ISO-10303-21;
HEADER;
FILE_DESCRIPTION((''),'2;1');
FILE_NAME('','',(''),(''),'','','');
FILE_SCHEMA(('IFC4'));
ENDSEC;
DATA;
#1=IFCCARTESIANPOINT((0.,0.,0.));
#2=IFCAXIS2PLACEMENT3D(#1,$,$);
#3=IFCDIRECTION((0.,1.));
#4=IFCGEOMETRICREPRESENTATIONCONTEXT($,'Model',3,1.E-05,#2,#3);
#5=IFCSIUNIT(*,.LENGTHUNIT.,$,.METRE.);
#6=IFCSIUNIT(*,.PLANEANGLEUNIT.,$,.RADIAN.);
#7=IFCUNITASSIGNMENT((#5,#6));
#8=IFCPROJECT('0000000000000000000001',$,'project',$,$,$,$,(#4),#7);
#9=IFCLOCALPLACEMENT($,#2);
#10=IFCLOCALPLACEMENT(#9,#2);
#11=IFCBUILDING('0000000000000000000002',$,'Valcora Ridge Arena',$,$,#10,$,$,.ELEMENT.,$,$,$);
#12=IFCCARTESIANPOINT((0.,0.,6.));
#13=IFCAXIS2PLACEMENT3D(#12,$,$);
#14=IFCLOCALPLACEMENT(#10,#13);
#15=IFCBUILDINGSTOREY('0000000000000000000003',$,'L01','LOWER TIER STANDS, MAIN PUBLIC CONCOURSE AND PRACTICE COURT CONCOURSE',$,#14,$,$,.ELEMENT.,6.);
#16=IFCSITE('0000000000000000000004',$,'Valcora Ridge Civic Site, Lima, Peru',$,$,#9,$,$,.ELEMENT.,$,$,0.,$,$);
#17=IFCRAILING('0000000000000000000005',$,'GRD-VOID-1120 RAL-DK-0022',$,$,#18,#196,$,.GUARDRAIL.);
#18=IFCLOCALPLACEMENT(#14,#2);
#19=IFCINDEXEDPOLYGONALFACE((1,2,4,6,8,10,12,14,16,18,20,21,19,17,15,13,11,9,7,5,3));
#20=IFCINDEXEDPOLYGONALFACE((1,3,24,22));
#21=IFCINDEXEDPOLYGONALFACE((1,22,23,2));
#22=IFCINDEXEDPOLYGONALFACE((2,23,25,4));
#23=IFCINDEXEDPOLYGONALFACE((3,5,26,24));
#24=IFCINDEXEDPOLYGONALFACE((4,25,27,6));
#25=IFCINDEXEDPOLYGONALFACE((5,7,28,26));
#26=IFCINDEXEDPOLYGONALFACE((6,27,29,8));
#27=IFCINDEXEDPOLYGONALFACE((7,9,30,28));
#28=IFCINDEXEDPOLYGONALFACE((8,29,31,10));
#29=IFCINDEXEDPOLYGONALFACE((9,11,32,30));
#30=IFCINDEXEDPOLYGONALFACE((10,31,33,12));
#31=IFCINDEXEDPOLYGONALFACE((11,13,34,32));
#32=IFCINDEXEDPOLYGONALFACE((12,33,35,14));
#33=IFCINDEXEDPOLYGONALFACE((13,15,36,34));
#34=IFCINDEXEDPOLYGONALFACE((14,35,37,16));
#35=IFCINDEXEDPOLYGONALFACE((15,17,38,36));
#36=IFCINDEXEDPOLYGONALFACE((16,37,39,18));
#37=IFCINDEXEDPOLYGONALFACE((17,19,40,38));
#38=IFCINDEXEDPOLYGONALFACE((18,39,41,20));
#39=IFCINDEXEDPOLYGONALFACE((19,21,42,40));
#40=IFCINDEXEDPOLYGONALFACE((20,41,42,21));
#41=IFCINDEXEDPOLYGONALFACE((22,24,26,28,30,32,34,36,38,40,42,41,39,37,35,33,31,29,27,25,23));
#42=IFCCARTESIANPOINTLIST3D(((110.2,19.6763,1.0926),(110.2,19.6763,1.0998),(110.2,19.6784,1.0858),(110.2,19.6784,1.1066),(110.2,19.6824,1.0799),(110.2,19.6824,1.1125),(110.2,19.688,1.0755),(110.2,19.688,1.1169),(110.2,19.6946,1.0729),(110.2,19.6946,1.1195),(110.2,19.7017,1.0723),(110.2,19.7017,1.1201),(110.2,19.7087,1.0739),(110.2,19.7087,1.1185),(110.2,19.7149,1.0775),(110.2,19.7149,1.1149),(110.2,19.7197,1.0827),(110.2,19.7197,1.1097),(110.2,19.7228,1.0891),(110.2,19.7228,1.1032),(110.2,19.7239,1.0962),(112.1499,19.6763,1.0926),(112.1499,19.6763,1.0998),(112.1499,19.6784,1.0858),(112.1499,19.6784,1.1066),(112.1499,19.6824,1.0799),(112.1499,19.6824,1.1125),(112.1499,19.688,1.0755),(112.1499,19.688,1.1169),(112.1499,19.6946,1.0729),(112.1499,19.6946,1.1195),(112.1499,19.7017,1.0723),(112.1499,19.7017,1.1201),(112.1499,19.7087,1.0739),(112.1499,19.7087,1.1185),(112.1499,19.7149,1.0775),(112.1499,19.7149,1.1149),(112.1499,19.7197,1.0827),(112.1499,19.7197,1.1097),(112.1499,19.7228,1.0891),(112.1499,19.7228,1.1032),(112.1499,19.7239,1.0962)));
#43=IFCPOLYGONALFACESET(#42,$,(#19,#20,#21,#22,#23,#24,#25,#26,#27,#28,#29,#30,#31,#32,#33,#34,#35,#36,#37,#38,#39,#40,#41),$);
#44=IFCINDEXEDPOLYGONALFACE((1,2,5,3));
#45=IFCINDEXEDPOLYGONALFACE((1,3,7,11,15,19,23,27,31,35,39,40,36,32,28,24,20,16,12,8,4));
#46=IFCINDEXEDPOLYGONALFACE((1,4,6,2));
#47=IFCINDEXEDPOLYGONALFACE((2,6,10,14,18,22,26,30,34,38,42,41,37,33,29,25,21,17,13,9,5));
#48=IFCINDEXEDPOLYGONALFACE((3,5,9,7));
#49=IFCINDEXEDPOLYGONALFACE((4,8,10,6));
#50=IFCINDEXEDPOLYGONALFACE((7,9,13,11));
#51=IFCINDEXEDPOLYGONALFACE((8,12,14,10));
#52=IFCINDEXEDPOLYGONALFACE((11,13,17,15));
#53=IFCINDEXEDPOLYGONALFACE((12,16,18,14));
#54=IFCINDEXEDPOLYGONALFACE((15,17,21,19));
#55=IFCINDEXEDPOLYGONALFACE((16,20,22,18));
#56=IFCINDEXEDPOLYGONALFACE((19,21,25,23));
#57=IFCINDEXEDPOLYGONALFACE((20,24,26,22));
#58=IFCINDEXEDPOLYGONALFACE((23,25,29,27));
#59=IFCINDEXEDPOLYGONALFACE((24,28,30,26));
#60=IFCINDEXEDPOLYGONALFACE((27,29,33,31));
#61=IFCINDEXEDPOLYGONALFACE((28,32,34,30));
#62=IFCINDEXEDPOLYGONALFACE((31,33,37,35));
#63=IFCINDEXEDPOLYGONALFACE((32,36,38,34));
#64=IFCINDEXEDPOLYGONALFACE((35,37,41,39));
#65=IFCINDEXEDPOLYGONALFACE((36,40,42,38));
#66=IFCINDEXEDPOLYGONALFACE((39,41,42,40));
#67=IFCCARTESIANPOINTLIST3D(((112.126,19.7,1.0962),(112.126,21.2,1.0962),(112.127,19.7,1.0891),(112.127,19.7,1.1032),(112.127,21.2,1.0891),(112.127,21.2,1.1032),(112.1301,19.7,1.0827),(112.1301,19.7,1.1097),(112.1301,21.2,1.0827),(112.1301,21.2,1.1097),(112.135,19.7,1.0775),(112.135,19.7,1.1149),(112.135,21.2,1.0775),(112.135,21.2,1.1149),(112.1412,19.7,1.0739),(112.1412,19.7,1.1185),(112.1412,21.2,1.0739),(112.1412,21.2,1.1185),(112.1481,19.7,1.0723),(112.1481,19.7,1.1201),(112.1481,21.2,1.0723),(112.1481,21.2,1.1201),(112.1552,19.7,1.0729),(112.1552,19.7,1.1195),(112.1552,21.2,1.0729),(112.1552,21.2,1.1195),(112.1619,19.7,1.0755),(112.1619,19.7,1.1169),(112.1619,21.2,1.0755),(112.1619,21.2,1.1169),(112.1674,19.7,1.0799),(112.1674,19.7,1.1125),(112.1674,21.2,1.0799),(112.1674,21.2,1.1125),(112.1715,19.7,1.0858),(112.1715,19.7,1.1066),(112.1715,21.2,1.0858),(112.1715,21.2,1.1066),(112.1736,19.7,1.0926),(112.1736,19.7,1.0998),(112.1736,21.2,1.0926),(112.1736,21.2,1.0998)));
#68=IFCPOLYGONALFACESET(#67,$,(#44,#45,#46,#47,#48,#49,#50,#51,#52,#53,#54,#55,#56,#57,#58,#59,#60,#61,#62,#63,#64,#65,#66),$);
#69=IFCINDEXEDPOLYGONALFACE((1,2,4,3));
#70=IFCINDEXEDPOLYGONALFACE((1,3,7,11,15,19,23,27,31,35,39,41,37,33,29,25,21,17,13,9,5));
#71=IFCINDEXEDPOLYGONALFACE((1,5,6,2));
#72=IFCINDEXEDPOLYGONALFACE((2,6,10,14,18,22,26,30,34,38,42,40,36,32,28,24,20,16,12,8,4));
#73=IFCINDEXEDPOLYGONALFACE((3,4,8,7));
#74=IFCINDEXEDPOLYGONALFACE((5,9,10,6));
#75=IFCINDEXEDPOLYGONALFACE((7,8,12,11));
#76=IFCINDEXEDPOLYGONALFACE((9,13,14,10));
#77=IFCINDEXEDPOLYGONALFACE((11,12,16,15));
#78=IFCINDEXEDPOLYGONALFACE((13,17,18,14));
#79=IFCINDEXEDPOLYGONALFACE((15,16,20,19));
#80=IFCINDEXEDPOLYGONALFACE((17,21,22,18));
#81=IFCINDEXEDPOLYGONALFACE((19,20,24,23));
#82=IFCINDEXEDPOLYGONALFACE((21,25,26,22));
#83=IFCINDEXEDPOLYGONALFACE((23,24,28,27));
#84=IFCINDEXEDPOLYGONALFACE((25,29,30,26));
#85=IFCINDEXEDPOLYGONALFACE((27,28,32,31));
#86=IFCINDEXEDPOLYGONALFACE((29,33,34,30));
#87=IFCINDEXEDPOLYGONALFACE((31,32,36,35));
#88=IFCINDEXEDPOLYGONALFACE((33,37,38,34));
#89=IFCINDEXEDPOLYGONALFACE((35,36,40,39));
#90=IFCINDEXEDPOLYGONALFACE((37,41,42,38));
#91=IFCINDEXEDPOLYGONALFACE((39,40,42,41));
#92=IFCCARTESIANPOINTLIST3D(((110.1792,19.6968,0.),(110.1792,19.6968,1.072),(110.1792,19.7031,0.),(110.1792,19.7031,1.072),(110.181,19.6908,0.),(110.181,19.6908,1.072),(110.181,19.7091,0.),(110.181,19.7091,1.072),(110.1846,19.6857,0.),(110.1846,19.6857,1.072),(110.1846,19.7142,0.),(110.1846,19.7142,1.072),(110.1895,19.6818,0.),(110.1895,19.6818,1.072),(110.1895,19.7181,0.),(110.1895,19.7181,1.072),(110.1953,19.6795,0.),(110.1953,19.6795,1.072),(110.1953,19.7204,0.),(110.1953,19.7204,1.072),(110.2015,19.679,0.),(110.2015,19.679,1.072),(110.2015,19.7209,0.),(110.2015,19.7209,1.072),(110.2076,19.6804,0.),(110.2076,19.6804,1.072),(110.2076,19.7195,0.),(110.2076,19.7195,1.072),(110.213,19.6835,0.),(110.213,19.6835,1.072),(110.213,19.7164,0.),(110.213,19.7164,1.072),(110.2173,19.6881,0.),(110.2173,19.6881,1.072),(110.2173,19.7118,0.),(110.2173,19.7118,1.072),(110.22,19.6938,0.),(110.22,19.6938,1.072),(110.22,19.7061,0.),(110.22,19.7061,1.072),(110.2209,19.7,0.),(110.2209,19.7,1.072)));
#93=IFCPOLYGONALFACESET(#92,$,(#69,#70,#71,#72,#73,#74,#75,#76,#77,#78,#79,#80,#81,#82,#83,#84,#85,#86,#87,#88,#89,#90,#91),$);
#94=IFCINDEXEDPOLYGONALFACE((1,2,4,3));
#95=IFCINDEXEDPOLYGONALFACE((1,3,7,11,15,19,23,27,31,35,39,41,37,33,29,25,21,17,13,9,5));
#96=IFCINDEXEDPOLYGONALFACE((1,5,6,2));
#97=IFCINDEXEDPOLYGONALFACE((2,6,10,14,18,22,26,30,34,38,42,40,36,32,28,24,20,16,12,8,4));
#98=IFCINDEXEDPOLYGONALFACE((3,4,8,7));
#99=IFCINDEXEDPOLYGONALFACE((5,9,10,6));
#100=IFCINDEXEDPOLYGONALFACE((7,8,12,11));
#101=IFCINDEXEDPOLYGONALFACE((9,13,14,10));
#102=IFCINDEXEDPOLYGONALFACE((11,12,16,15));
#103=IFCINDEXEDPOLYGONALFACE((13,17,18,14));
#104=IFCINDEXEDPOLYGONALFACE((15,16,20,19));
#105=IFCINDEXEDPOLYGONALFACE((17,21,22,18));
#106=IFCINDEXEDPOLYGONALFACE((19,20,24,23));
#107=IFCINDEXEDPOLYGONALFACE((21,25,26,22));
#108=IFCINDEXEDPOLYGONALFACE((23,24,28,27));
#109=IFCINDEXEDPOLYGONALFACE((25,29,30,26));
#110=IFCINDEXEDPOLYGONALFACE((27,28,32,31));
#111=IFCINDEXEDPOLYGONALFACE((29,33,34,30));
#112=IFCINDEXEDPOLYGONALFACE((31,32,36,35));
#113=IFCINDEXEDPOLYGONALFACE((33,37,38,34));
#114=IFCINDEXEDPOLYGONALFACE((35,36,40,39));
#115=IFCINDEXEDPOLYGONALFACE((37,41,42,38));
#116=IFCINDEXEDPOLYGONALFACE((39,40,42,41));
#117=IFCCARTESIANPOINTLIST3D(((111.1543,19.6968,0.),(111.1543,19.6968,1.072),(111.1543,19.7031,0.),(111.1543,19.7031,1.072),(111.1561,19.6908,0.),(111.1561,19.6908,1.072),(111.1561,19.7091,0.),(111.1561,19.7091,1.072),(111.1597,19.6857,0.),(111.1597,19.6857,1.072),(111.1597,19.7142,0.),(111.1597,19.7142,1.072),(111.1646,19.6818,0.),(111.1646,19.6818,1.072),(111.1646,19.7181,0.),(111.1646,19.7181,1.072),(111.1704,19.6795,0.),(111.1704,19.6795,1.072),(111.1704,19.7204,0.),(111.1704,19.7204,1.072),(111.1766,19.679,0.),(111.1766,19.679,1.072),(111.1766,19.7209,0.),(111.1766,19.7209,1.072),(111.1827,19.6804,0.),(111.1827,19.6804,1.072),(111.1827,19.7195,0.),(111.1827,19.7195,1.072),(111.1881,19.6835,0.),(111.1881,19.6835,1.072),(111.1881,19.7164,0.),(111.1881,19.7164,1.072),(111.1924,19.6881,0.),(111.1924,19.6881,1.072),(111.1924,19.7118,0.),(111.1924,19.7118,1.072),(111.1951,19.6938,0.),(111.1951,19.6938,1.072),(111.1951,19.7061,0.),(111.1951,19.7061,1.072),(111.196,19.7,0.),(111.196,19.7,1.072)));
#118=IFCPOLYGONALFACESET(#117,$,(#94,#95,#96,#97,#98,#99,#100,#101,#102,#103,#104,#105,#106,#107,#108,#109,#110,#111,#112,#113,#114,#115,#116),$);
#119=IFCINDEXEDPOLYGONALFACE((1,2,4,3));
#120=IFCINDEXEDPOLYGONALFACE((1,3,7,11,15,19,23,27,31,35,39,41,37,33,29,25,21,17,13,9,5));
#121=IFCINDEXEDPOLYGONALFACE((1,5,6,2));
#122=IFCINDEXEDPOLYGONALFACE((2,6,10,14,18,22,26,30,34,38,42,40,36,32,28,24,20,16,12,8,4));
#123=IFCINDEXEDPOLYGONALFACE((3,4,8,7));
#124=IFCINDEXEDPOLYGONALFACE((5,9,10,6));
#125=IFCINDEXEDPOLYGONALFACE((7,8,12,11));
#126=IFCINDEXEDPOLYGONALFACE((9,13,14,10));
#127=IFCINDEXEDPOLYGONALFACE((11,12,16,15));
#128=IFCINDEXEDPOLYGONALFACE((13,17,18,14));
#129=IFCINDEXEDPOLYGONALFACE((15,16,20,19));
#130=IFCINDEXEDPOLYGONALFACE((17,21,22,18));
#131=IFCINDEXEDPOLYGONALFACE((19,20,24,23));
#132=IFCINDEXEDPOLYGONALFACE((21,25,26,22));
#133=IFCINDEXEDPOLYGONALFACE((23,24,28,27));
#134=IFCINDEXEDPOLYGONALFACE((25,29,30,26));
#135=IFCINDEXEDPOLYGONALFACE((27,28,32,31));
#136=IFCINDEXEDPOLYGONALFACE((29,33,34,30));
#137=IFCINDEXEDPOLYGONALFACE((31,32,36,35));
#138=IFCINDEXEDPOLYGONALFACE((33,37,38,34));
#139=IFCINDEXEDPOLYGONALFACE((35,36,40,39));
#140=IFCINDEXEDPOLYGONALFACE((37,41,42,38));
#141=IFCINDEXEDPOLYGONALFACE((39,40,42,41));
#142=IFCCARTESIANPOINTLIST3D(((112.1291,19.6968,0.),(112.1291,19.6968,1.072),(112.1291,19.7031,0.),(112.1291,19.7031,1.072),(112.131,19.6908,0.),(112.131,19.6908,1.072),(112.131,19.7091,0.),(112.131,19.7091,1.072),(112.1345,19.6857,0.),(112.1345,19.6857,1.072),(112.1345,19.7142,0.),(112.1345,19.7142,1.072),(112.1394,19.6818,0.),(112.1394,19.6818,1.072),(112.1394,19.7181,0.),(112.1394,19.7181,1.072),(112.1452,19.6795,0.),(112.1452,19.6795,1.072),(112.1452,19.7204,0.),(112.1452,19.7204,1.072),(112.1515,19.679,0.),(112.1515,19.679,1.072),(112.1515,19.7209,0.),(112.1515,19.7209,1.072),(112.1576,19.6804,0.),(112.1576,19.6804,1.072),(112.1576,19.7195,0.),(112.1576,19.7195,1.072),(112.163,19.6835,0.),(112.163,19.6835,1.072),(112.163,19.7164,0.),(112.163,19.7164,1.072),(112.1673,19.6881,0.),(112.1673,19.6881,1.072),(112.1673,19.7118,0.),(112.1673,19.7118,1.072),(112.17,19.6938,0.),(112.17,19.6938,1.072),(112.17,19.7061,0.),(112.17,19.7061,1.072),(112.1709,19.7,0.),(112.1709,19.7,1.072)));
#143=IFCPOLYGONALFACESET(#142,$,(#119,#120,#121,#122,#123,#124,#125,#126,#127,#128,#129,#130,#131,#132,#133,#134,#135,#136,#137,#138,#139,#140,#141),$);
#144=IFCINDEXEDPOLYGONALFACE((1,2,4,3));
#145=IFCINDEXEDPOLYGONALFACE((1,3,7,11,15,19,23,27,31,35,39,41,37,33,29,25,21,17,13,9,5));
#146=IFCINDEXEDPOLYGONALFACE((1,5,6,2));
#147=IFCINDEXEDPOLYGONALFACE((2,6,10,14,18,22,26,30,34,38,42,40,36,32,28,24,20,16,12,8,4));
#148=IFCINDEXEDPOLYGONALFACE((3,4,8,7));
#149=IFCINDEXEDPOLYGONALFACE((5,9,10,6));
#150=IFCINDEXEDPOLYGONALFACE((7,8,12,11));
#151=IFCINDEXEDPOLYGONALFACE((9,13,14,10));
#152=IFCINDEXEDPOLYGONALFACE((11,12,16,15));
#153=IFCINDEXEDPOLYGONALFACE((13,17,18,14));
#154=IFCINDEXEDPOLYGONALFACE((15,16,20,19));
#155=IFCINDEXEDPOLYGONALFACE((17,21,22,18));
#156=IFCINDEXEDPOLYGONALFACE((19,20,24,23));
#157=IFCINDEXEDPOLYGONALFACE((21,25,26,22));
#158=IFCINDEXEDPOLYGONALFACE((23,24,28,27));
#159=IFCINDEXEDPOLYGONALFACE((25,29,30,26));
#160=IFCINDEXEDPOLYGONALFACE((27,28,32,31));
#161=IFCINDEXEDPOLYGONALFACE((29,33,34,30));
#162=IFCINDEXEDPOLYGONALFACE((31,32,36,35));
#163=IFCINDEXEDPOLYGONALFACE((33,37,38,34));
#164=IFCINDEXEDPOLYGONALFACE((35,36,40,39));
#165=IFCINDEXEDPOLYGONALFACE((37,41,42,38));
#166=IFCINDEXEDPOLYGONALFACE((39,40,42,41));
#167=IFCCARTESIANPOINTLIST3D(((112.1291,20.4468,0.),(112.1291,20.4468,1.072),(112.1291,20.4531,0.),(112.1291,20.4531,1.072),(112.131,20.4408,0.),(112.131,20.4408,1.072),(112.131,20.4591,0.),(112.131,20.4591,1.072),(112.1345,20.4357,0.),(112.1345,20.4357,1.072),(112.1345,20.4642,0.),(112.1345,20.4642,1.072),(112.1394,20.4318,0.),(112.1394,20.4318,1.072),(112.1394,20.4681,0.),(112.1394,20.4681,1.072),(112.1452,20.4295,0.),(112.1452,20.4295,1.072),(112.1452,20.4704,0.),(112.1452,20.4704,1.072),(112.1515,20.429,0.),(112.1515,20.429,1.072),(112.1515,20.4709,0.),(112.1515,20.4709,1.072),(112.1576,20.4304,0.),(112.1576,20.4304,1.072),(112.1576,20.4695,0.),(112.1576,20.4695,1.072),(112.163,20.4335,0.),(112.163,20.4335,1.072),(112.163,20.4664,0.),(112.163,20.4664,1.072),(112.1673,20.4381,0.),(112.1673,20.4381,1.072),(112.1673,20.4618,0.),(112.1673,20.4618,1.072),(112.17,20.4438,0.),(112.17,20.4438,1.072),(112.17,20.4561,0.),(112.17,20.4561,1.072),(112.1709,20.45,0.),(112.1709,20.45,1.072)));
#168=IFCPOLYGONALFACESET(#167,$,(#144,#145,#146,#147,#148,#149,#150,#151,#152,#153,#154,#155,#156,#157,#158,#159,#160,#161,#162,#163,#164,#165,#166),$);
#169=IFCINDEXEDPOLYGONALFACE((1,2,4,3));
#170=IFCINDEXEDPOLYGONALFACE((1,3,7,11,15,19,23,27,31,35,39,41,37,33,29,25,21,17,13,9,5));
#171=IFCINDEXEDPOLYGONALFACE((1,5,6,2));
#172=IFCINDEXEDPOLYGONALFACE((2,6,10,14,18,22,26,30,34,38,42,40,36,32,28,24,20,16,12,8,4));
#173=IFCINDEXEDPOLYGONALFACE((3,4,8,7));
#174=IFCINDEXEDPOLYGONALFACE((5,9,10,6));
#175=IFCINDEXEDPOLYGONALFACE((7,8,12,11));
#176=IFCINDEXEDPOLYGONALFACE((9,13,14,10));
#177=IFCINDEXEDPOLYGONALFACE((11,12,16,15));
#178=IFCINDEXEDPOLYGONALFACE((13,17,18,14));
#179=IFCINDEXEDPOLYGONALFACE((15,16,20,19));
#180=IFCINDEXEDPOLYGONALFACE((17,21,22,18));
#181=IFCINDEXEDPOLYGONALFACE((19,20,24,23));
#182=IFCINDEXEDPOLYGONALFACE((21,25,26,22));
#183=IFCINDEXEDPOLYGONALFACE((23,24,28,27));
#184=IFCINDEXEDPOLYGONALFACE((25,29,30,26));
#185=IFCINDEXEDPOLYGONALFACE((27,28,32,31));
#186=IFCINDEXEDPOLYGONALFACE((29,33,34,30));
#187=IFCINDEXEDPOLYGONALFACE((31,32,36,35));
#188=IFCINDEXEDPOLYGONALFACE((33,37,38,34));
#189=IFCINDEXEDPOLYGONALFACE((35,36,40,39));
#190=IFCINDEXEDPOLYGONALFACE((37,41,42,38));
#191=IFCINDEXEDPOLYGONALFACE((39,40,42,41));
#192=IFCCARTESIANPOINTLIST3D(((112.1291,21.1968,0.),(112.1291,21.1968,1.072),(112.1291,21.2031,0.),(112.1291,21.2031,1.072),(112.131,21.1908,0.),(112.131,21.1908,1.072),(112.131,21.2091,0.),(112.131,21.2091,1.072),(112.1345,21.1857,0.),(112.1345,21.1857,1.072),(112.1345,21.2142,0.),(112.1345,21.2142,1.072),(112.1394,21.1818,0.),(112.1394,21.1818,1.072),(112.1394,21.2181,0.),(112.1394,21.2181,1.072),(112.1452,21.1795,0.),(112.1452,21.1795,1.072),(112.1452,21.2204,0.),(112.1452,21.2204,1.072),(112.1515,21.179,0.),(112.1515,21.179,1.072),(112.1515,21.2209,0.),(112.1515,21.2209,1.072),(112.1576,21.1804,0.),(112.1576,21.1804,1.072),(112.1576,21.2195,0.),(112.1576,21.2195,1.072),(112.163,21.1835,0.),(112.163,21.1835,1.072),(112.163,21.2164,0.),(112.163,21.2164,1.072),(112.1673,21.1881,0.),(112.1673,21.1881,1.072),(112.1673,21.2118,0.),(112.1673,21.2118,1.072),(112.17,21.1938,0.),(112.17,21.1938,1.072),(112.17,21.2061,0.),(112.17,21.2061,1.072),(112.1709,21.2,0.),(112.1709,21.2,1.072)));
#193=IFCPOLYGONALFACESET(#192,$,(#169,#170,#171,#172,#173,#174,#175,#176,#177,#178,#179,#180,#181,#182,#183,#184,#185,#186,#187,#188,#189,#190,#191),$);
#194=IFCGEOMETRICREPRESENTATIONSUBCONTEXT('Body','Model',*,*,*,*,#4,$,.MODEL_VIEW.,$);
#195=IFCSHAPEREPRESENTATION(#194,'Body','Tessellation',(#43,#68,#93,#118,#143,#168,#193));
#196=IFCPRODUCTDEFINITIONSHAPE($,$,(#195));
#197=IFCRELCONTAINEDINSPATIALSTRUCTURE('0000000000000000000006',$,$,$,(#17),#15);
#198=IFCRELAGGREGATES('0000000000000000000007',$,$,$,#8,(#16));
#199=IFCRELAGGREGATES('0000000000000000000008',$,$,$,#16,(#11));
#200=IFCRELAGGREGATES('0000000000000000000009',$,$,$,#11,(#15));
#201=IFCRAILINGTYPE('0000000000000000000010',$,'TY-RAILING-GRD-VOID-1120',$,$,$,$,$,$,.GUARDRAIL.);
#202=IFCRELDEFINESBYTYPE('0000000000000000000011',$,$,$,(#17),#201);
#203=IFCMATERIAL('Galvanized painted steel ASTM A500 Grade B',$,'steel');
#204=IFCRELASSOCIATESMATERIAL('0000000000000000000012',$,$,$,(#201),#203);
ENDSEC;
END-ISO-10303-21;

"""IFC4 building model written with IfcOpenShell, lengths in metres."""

from ifc_helpers import new_model, si_unit, direction, frame, origin, origin_2d, place, context, subcontext, project, spatial, circle, extrude, material, type_object, element, save


model = new_model("IFC4")

# Units and contexts
model_context = context("Model", 3, precision=1e-05, world=origin(), true_north=direction((0.0, 1.0)))
body_context = subcontext(model_context, "Body", "Model", "MODEL_VIEW")
ifc_project = project(units=[si_unit("LENGTHUNIT", "METRE"), si_unit("PLANEANGLEUNIT", "RADIAN")], contexts=[model_context])

# Site, building, storey
site_placement = place(None, origin())
site = spatial("IfcSite", under=ifc_project, at=site_placement, Name="Valcora Ridge Civic Site, Lima, Peru", CompositionType="ELEMENT", RefElevation=0.0)
building_placement = place(site_placement, origin())
building = spatial("IfcBuilding", under=site, at=building_placement, Name="Valcora Ridge Arena", CompositionType="ELEMENT")
storey_placement = place(building_placement, frame((0.0, 0.0, 6.0)))
storey = spatial("IfcBuildingStorey", under=building, at=storey_placement, Name="L01", Description="LOWER TIER STANDS, MAIN PUBLIC CONCOURSE AND PRACTICE COURT CONCOURSE", CompositionType="ELEMENT", Elevation=6.0)

# Railing
ifc_material_1 = material(Name="Galvanized painted steel ASTM A500 Grade B", Category="steel")
railing_type = type_object("IfcRailingType", Name="TY-RAILING-GRD-VOID-1120", PredefinedType="GUARDRAIL", material=ifc_material_1)
railing_placement = place(storey_placement, frame((110.2, 19.7, 0.0)))
element("IfcRailing", 1, at=railing_placement, inside=storey, type_object=railing_type, Name="GRD-VOID-1120 RAL-DK-0022", PredefinedType="GUARDRAIL", context=body_context, shape_type="SweptSolid", body=[
    extrude(circle(Radius=0.0239, at=origin_2d()), frame((0.0, 0.0, 1.0962), z_axis=(1.0, 0.0, 0.0), x_axis=(0.0, 1.0, 0.0)), (0.0, 0.0, 1.0), 1.95),
    extrude(circle(Radius=0.0239, at=origin_2d()), frame((1.95, 0.0, 1.0962), z_axis=(0.0, 1.0, 0.0), x_axis=(-1.0, 0.0, 0.0)), (0.0, 0.0, 1.0), 1.5),
    extrude(circle(Radius=0.021, at=origin_2d()), origin(), (0.0, 0.0, 1.0), 1.072),
    extrude(circle(Radius=0.021, at=origin_2d()), frame((0.9751, 0.0, 0.0)), (0.0, 0.0, 1.0), 1.072),
    extrude(circle(Radius=0.021, at=origin_2d()), frame((1.95, 0.0, 0.0)), (0.0, 0.0, 1.0), 1.072),
    extrude(circle(Radius=0.021, at=origin_2d()), frame((1.95, 0.75, 0.0)), (0.0, 0.0, 1.0), 1.072),
    extrude(circle(Radius=0.021, at=origin_2d()), frame((1.95, 1.5, 0.0)), (0.0, 0.0, 1.0), 1.072),
])

save(model, "model.ifc")
